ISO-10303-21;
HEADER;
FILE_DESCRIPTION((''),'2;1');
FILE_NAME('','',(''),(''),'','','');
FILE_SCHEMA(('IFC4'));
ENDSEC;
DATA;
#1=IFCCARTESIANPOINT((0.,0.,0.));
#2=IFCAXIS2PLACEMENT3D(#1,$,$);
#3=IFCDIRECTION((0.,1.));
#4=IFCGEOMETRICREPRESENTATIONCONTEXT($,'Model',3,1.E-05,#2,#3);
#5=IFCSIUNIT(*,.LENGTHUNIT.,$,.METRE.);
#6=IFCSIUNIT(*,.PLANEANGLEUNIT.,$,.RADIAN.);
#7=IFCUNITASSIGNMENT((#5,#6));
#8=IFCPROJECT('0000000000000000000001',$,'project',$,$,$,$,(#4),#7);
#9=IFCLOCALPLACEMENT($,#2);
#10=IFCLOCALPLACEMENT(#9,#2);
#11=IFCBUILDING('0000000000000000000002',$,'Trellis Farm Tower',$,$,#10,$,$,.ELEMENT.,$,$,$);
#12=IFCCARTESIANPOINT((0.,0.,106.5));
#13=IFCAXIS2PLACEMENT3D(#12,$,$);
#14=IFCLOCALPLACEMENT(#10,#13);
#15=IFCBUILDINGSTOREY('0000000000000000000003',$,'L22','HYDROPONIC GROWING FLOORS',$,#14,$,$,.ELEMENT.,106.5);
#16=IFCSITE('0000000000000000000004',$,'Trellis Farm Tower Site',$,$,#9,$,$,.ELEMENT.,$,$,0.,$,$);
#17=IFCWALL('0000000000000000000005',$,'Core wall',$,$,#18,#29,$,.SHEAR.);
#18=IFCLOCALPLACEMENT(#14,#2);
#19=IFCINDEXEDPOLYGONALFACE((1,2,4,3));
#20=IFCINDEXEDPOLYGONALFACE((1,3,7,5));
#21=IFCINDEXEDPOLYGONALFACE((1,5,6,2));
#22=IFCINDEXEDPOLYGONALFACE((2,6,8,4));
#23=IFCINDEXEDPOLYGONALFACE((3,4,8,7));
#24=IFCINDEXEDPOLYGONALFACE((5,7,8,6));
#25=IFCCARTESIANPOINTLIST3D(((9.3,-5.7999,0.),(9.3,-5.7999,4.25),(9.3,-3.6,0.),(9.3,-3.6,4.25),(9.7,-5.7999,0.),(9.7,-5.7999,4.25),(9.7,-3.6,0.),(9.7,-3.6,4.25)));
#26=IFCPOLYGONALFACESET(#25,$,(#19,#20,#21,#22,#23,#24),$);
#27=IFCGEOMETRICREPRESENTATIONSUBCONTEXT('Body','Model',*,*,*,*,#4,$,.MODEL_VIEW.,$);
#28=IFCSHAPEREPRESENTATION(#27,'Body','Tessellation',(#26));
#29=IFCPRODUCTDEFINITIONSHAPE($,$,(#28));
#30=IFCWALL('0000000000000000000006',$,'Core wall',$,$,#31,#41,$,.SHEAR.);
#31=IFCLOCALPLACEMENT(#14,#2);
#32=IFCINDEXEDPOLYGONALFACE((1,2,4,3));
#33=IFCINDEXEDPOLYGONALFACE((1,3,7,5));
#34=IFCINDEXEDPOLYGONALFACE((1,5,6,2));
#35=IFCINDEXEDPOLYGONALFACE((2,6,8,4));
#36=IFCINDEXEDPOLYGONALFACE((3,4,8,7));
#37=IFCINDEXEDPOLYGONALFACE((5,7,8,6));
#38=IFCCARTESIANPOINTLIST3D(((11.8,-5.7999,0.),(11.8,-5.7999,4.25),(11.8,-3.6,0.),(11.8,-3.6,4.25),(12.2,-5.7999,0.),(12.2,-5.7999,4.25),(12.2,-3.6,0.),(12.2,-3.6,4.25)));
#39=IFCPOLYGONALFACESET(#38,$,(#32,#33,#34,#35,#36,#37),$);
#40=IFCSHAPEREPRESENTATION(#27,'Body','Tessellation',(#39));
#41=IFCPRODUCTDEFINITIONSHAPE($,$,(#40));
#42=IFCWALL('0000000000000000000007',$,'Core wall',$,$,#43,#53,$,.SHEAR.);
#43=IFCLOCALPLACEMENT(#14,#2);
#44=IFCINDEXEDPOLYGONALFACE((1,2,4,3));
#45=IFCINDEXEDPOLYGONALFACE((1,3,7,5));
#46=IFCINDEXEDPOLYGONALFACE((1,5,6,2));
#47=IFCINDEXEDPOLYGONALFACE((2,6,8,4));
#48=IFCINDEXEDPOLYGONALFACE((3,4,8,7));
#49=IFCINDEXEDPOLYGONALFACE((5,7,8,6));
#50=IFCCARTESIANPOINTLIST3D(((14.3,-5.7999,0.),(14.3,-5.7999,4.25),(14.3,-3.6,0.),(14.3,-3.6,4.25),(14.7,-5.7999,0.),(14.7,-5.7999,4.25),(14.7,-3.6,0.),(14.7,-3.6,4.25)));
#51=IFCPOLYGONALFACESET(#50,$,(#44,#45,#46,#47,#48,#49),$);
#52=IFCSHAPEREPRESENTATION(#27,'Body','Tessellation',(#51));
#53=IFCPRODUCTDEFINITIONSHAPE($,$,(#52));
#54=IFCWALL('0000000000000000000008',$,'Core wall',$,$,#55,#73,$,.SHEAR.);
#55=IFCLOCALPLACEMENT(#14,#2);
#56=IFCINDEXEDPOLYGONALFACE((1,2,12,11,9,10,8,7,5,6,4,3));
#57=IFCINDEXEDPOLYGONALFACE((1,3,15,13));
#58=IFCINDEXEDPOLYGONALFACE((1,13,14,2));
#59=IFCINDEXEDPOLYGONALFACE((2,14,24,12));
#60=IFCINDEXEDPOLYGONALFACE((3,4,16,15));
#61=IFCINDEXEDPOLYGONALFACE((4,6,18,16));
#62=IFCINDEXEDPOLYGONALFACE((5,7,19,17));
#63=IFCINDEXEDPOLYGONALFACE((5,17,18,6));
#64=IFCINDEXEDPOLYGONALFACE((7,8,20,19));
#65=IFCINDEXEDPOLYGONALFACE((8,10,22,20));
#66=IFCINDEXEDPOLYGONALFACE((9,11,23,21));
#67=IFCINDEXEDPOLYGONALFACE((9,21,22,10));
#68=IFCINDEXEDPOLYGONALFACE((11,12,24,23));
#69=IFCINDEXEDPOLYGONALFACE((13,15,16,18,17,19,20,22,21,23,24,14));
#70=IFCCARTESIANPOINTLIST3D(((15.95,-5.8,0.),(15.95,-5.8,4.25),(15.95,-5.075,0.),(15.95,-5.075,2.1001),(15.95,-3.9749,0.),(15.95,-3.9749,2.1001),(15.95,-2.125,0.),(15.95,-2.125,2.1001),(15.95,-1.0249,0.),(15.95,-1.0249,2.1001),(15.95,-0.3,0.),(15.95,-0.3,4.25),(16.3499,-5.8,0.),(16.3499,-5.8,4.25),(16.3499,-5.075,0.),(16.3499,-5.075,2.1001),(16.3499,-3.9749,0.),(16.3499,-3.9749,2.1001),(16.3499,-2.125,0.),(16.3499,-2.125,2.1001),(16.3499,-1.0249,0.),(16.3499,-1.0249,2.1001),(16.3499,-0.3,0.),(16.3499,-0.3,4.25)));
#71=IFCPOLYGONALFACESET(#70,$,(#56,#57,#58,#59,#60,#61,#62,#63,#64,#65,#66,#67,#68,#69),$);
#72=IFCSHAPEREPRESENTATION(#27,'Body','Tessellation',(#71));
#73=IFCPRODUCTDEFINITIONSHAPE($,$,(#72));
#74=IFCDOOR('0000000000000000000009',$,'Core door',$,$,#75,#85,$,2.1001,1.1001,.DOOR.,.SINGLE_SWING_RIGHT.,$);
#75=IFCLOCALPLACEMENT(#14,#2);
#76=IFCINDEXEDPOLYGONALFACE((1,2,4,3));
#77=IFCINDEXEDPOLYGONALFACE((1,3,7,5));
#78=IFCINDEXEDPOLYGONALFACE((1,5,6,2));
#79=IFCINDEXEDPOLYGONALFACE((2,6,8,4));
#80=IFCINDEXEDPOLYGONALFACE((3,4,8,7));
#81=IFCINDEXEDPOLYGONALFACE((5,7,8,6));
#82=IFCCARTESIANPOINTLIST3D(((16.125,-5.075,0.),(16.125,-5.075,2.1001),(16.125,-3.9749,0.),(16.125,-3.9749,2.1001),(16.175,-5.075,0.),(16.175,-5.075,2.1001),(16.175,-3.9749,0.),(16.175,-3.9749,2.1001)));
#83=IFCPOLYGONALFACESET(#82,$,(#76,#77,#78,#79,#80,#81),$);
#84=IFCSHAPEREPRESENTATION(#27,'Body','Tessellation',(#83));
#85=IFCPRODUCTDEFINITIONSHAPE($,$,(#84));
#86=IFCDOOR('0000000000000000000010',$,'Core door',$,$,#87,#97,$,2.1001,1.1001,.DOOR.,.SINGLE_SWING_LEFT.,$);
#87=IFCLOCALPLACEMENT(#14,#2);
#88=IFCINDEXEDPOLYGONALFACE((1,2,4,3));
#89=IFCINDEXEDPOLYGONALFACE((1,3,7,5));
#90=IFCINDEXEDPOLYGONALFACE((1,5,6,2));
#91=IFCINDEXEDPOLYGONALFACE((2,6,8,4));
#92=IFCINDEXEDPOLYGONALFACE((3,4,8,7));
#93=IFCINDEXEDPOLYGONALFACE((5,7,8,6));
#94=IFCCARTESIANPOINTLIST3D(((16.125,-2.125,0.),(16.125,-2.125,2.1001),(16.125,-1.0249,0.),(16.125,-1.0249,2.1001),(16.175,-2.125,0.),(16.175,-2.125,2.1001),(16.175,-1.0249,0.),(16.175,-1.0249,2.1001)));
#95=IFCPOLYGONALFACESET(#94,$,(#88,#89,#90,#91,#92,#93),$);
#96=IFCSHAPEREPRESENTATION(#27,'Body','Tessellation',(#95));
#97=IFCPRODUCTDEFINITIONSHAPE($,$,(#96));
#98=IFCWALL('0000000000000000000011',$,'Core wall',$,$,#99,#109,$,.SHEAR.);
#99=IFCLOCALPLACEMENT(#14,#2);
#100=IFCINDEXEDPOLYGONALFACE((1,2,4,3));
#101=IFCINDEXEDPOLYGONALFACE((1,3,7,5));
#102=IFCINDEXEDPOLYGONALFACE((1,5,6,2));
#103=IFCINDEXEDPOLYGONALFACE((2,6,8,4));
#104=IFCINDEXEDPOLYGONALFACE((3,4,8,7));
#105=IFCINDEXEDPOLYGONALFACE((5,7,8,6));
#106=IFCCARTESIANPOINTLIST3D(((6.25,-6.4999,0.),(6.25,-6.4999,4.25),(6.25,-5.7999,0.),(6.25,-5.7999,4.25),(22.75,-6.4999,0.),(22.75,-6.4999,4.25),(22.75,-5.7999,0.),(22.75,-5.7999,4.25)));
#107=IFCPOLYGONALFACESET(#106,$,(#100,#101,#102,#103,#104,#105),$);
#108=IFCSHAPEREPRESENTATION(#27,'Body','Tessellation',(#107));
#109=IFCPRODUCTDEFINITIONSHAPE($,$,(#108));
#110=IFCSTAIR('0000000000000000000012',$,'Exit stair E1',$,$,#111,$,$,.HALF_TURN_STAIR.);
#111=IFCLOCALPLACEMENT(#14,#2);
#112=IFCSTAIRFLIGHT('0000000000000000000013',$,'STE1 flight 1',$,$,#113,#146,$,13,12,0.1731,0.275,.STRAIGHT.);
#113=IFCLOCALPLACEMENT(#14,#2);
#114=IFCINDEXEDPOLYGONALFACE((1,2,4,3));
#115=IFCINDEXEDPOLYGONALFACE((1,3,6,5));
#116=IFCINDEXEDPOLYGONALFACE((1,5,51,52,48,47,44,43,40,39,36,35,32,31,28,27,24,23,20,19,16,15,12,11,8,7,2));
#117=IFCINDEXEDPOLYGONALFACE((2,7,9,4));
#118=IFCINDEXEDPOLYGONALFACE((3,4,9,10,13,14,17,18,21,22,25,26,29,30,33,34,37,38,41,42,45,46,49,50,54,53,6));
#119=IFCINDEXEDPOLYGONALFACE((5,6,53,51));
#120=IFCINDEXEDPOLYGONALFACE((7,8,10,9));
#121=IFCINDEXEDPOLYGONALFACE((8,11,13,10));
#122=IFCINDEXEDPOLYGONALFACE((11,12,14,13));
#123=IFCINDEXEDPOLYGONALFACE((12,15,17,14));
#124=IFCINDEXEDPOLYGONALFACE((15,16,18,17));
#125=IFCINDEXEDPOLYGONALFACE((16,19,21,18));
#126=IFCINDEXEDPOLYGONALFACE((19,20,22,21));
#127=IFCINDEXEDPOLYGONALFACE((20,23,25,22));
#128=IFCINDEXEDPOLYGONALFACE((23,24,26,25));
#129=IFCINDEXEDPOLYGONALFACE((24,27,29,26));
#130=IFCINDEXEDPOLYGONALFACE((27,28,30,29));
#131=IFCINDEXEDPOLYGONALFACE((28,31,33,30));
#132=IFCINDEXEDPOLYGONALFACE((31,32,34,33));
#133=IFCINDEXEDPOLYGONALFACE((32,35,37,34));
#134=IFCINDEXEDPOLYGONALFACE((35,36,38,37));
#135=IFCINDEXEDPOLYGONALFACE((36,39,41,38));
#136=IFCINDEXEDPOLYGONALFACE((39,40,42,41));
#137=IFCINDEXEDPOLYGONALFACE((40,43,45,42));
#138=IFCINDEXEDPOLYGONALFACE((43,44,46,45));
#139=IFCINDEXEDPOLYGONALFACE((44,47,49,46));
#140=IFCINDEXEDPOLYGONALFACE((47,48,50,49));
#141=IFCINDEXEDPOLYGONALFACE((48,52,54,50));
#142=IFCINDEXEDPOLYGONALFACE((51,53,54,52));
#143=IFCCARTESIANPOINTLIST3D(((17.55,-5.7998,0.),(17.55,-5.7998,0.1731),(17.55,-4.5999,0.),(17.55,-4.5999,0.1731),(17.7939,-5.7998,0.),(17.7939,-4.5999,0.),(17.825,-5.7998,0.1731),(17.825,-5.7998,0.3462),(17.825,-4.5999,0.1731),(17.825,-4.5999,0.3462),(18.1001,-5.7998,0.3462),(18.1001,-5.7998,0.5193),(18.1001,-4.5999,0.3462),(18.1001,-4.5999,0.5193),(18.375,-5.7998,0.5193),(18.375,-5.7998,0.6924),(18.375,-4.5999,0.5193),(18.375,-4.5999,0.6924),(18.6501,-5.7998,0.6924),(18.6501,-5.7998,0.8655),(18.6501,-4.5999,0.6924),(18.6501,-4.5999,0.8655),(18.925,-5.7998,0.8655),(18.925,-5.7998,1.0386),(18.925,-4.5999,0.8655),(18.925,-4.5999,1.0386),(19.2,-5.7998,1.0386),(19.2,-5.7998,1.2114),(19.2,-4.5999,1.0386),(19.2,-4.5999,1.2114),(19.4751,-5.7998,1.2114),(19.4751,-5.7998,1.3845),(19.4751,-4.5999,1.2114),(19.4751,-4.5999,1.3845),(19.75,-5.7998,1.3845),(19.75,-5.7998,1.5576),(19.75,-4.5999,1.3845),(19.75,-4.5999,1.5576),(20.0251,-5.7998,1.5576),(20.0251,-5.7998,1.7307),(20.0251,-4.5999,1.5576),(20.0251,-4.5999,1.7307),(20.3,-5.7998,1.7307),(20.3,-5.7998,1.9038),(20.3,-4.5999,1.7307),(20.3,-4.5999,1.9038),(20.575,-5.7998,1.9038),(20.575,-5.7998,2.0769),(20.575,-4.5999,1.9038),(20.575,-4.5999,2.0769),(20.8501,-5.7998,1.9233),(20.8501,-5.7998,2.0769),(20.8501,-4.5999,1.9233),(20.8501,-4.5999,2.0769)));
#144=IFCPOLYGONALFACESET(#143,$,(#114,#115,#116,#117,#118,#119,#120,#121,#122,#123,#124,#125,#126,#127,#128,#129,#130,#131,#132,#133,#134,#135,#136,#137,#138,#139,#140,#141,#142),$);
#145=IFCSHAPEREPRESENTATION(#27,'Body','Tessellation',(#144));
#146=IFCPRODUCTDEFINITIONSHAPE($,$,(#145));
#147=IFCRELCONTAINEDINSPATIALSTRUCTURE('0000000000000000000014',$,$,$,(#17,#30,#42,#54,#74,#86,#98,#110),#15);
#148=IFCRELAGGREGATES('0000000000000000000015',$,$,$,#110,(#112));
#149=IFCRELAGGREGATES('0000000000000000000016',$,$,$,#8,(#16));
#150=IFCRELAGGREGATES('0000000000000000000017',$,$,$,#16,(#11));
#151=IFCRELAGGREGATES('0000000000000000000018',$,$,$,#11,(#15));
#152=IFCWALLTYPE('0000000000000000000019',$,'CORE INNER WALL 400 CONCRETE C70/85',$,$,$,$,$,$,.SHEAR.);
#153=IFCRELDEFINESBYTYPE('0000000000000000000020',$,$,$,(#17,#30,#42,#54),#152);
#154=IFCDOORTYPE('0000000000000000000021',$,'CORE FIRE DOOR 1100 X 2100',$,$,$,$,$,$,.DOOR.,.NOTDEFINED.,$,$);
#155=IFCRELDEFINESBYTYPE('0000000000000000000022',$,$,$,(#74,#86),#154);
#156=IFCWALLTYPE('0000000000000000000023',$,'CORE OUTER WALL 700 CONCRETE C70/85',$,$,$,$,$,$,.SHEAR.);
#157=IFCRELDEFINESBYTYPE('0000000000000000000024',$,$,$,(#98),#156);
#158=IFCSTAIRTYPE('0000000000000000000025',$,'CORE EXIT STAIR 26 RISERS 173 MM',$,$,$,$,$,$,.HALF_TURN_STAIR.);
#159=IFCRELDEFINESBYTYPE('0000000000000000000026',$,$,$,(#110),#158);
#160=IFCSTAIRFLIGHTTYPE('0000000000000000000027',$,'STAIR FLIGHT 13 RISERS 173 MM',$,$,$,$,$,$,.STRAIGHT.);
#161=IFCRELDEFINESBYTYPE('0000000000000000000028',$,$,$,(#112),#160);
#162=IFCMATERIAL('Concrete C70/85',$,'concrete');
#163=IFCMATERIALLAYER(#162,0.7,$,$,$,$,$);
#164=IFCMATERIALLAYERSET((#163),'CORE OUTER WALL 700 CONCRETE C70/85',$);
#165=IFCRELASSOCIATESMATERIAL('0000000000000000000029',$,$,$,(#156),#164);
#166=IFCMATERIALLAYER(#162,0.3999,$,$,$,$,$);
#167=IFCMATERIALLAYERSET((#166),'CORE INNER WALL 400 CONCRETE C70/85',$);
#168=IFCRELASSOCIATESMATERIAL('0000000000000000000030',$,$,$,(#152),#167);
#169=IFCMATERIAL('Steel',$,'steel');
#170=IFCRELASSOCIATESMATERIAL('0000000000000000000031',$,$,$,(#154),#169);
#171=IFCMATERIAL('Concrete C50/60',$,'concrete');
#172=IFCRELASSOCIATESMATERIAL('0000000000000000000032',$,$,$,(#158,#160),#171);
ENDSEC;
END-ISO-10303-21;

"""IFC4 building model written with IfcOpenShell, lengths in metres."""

from ifc_helpers import new_model, si_unit, direction, frame, frame_2d, origin, place, context, subcontext, project, spatial, polyline, rectangle, outline, extrude, source, transform, mapped, material, layer, layer_set, type_object, element, fill, aggregate, save


model = new_model("IFC4")

# Units and contexts
model_context = context("Model", 3, precision=1e-05, world=origin(), true_north=direction((0.0, 1.0)))
body_context = subcontext(model_context, "Body", "Model", "MODEL_VIEW")
ifc_project = project(units=[si_unit("LENGTHUNIT", "METRE"), si_unit("PLANEANGLEUNIT", "RADIAN")], contexts=[model_context])

# Site, building, storey
site_placement = place(None, origin())
site = spatial("IfcSite", under=ifc_project, at=site_placement, Name="Trellis Farm Tower Site", CompositionType="ELEMENT", RefElevation=0.0)
building_placement = place(site_placement, origin())
building = spatial("IfcBuilding", under=site, at=building_placement, Name="Trellis Farm Tower", CompositionType="ELEMENT")
storey_placement = place(building_placement, frame((0.0, 0.0, 106.5)))
storey = spatial("IfcBuildingStorey", under=building, at=storey_placement, Name="L22", Description="HYDROPONIC GROWING FLOORS", CompositionType="ELEMENT", Elevation=106.5)

# Shared definitions
placement = place(storey_placement, origin())

# Shared definitions
ifc_material_1 = material(Name="Concrete C70/85", Category="concrete")
ifc_layer_1 = layer(ifc_material_1, 0.7)
ifc_layer_set_1 = layer_set([ifc_layer_1], Name="CORE OUTER WALL 700 CONCRETE C70/85")
wall_type_1 = type_object("IfcWallType", Name="CORE OUTER WALL 700 CONCRETE C70/85", PredefinedType="SHEAR", material=ifc_layer_set_1)
ifc_material_2 = material(Name="Steel", Category="steel")

# Walls
ifc_layer_2 = layer(ifc_material_1, 0.3999)
ifc_layer_set_2 = layer_set([ifc_layer_2], Name="CORE INNER WALL 400 CONCRETE C70/85")
wall_type_2 = type_object("IfcWallType", Name="CORE INNER WALL 400 CONCRETE C70/85", PredefinedType="SHEAR", material=ifc_layer_set_2)
shared_shape_1 = source(origin(), body_context, "Body", "SweptSolid", [
    extrude(rectangle(XDim=2.2, YDim=0.3999, at=frame_2d((1.1001, 0.0))), origin(), (0.0, 0.0, 1.0), 4.25),
])
for number, where, z_axis, x_axis, name in (
    (1, (9.5, -5.8, 0.0), (0.0, 0.0, 1.0), (0.0, 1.0, 0.0), "Core wall"),
    (2, (12.0, -5.8, 0.0), (0.0, 0.0, 1.0), (0.0, 1.0, 0.0), "Core wall"),
    (3, (14.5, -5.8, 0.0), (0.0, 0.0, 1.0), (0.0, 1.0, 0.0), "Core wall"),
):
    element("IfcWall", number, at=place(storey_placement, frame(where, z_axis=z_axis, x_axis=x_axis)), inside=storey, type_object=wall_type_2, Name=name, PredefinedType="SHEAR", context=body_context, shape_type="MappedRepresentation", body=[
        mapped(shared_shape_1, transform((0.0, 0.0, 0.0))),
    ])

# Wall, openings, doors
shared_shape_2 = source(origin(), body_context, "Body", "SweptSolid", [
    extrude(rectangle(XDim=5.5, YDim=0.3999, at=frame_2d((2.75, 0.0))), origin(), (0.0, 0.0, 1.0), 4.25),
])
wall_1_placement = place(storey_placement, frame((16.1499, -5.8, 0.0), z_axis=(0.0, 0.0, 1.0), x_axis=(0.0, 1.0, 0.0)))
wall_1 = element("IfcWall", 4, at=wall_1_placement, inside=storey, type_object=wall_type_2, Name="Core wall", PredefinedType="SHEAR", context=body_context, shape_type="MappedRepresentation", body=[
    mapped(shared_shape_2, transform((0.0, 0.0, 0.0))),
])
shared_shape_3 = source(origin(), body_context, "Body", "SweptSolid", [
    extrude(rectangle(XDim=1.1001, YDim=2.1001, at=frame_2d((0.55, 1.05))), frame((0.0, 0.21, 0.0), z_axis=(0.0, -1.0, 0.0), x_axis=(1.0, 0.0, 0.0)), (0.0, 0.0, 1.0), 0.4199),
])
opening_1_placement = place(wall_1_placement, frame((0.7251, 0.0, 0.0)))
opening_1 = element("IfcOpeningElement", 5, at=opening_1_placement, cuts=wall_1, PredefinedType="OPENING", context=body_context, shape_type="MappedRepresentation", body=[
    mapped(shared_shape_3, transform((0.0, 0.0, 0.0))),
])
opening_2_placement = place(wall_1_placement, frame((3.675, 0.0, 0.0)))
opening_2 = element("IfcOpeningElement", 6, at=opening_2_placement, cuts=wall_1, PredefinedType="OPENING", context=body_context, shape_type="MappedRepresentation", body=[
    mapped(shared_shape_3, transform((0.0, 0.0, 0.0))),
])
door_type_1 = type_object("IfcDoorType", Name="CORE FIRE DOOR 1100 X 2100", OperationType="NOTDEFINED", PredefinedType="DOOR", material=ifc_material_2)
shared_shape_4 = source(origin(), body_context, "Body", "SweptSolid", [
    extrude(rectangle(XDim=1.1001, YDim=2.1001, at=frame_2d((0.55, 1.05))), frame((0.0, 0.0249, 0.0), z_axis=(0.0, -1.0, 0.0), x_axis=(1.0, 0.0, 0.0)), (0.0, 0.0, 1.0), 0.05),
])
door_1_placement = place(opening_1_placement, origin())
door_1 = element("IfcDoor", 7, at=door_1_placement, inside=storey, type_object=door_type_1, Name="Core door", OperationType="SINGLE_SWING_RIGHT", OverallHeight=2.1001, OverallWidth=1.1001, PredefinedType="DOOR", context=body_context, shape_type="MappedRepresentation", body=[
    mapped(shared_shape_4, transform((0.0, 0.0, 0.0))),
])
fill(opening_1, door_1)
door_2_placement = place(opening_2_placement, origin())
door_2 = element("IfcDoor", 8, at=door_2_placement, inside=storey, type_object=door_type_1, Name="Core door", OperationType="SINGLE_SWING_LEFT", OverallHeight=2.1001, OverallWidth=1.1001, PredefinedType="DOOR", context=body_context, shape_type="MappedRepresentation", body=[
    mapped(shared_shape_4, transform((0.0, 0.0, 0.0))),
])
fill(opening_2, door_2)

# Wall
shared_shape_5 = source(origin(), body_context, "Body", "SweptSolid", [
    extrude(rectangle(XDim=16.5, YDim=0.7, at=frame_2d((8.25, 0.0))), origin(), (0.0, 0.0, 1.0), 4.25),
])
wall_2_placement = place(storey_placement, frame((6.25, -6.1499, 0.0), z_axis=(0.0, 0.0, 1.0), x_axis=(1.0, 0.0, 0.0)))
element("IfcWall", 9, at=wall_2_placement, inside=storey, type_object=wall_type_1, Name="Core wall", PredefinedType="SHEAR", context=body_context, shape_type="MappedRepresentation", body=[
    mapped(shared_shape_5, transform((0.0, 0.0, 0.0))),
])

# Stair, stair flight
ifc_material_3 = material(Name="Concrete C50/60", Category="concrete")
stair_type = type_object("IfcStairType", Name="CORE EXIT STAIR 26 RISERS 173 MM", PredefinedType="HALF_TURN_STAIR", material=ifc_material_3)
stair = element("IfcStair", 10, at=placement, inside=storey, type_object=stair_type, Name="Exit stair E1", PredefinedType="HALF_TURN_STAIR")
stair_flight_type = type_object("IfcStairFlightType", Name="STAIR FLIGHT 13 RISERS 173 MM", PredefinedType="STRAIGHT", material=ifc_material_3)
shared_shape_6 = source(origin(), body_context, "Body", "SweptSolid", [
    extrude(outline(polyline([(0.0, 0.0), (0.0, 0.1731), (0.2749, 0.1731), (0.2749, 0.3462), (0.55, 0.3462), (0.55, 0.5193), (0.825, 0.5193), (0.825, 0.6924), (1.1001, 0.6924), (1.1001, 0.8655), (1.375, 0.8655), (1.375, 1.0386), (1.6499, 1.0386), (1.6499, 1.2114), (1.925, 1.2114), (1.925, 1.3845), (2.2, 1.3845), (2.2, 1.5576), (2.4751, 1.5576), (2.4751, 1.7307), (2.75, 1.7307), (2.75, 1.9038), (3.0249, 1.9038), (3.0249, 2.0769), (3.3, 2.0769), (3.3, 2.25), (3.3, 1.9233), (0.2439, 0.0), (0.0, 0.0)])), frame((0.0, 0.6001, 0.0), z_axis=(0.0, -1.0, 0.0), x_axis=(1.0, 0.0, 0.0)), (0.0, 0.0, 1.0), 1.2),
])
stair_flight_placement = place(storey_placement, frame((17.55, -5.2, 0.0), z_axis=(0.0, 0.0, 1.0), x_axis=(1.0, 0.0, 0.0)))
stair_flight = element("IfcStairFlight", 11, at=stair_flight_placement, type_object=stair_flight_type, Name="STE1 flight 1", NumberOfRisers=13, NumberOfTreads=12, PredefinedType="STRAIGHT", RiserHeight=0.1731, TreadLength=0.275, context=body_context, shape_type="MappedRepresentation", body=[
    mapped(shared_shape_6, transform((0.0, 0.0, 0.0))),
])
aggregate(stair, [stair_flight])

save(model, "model.ifc")
